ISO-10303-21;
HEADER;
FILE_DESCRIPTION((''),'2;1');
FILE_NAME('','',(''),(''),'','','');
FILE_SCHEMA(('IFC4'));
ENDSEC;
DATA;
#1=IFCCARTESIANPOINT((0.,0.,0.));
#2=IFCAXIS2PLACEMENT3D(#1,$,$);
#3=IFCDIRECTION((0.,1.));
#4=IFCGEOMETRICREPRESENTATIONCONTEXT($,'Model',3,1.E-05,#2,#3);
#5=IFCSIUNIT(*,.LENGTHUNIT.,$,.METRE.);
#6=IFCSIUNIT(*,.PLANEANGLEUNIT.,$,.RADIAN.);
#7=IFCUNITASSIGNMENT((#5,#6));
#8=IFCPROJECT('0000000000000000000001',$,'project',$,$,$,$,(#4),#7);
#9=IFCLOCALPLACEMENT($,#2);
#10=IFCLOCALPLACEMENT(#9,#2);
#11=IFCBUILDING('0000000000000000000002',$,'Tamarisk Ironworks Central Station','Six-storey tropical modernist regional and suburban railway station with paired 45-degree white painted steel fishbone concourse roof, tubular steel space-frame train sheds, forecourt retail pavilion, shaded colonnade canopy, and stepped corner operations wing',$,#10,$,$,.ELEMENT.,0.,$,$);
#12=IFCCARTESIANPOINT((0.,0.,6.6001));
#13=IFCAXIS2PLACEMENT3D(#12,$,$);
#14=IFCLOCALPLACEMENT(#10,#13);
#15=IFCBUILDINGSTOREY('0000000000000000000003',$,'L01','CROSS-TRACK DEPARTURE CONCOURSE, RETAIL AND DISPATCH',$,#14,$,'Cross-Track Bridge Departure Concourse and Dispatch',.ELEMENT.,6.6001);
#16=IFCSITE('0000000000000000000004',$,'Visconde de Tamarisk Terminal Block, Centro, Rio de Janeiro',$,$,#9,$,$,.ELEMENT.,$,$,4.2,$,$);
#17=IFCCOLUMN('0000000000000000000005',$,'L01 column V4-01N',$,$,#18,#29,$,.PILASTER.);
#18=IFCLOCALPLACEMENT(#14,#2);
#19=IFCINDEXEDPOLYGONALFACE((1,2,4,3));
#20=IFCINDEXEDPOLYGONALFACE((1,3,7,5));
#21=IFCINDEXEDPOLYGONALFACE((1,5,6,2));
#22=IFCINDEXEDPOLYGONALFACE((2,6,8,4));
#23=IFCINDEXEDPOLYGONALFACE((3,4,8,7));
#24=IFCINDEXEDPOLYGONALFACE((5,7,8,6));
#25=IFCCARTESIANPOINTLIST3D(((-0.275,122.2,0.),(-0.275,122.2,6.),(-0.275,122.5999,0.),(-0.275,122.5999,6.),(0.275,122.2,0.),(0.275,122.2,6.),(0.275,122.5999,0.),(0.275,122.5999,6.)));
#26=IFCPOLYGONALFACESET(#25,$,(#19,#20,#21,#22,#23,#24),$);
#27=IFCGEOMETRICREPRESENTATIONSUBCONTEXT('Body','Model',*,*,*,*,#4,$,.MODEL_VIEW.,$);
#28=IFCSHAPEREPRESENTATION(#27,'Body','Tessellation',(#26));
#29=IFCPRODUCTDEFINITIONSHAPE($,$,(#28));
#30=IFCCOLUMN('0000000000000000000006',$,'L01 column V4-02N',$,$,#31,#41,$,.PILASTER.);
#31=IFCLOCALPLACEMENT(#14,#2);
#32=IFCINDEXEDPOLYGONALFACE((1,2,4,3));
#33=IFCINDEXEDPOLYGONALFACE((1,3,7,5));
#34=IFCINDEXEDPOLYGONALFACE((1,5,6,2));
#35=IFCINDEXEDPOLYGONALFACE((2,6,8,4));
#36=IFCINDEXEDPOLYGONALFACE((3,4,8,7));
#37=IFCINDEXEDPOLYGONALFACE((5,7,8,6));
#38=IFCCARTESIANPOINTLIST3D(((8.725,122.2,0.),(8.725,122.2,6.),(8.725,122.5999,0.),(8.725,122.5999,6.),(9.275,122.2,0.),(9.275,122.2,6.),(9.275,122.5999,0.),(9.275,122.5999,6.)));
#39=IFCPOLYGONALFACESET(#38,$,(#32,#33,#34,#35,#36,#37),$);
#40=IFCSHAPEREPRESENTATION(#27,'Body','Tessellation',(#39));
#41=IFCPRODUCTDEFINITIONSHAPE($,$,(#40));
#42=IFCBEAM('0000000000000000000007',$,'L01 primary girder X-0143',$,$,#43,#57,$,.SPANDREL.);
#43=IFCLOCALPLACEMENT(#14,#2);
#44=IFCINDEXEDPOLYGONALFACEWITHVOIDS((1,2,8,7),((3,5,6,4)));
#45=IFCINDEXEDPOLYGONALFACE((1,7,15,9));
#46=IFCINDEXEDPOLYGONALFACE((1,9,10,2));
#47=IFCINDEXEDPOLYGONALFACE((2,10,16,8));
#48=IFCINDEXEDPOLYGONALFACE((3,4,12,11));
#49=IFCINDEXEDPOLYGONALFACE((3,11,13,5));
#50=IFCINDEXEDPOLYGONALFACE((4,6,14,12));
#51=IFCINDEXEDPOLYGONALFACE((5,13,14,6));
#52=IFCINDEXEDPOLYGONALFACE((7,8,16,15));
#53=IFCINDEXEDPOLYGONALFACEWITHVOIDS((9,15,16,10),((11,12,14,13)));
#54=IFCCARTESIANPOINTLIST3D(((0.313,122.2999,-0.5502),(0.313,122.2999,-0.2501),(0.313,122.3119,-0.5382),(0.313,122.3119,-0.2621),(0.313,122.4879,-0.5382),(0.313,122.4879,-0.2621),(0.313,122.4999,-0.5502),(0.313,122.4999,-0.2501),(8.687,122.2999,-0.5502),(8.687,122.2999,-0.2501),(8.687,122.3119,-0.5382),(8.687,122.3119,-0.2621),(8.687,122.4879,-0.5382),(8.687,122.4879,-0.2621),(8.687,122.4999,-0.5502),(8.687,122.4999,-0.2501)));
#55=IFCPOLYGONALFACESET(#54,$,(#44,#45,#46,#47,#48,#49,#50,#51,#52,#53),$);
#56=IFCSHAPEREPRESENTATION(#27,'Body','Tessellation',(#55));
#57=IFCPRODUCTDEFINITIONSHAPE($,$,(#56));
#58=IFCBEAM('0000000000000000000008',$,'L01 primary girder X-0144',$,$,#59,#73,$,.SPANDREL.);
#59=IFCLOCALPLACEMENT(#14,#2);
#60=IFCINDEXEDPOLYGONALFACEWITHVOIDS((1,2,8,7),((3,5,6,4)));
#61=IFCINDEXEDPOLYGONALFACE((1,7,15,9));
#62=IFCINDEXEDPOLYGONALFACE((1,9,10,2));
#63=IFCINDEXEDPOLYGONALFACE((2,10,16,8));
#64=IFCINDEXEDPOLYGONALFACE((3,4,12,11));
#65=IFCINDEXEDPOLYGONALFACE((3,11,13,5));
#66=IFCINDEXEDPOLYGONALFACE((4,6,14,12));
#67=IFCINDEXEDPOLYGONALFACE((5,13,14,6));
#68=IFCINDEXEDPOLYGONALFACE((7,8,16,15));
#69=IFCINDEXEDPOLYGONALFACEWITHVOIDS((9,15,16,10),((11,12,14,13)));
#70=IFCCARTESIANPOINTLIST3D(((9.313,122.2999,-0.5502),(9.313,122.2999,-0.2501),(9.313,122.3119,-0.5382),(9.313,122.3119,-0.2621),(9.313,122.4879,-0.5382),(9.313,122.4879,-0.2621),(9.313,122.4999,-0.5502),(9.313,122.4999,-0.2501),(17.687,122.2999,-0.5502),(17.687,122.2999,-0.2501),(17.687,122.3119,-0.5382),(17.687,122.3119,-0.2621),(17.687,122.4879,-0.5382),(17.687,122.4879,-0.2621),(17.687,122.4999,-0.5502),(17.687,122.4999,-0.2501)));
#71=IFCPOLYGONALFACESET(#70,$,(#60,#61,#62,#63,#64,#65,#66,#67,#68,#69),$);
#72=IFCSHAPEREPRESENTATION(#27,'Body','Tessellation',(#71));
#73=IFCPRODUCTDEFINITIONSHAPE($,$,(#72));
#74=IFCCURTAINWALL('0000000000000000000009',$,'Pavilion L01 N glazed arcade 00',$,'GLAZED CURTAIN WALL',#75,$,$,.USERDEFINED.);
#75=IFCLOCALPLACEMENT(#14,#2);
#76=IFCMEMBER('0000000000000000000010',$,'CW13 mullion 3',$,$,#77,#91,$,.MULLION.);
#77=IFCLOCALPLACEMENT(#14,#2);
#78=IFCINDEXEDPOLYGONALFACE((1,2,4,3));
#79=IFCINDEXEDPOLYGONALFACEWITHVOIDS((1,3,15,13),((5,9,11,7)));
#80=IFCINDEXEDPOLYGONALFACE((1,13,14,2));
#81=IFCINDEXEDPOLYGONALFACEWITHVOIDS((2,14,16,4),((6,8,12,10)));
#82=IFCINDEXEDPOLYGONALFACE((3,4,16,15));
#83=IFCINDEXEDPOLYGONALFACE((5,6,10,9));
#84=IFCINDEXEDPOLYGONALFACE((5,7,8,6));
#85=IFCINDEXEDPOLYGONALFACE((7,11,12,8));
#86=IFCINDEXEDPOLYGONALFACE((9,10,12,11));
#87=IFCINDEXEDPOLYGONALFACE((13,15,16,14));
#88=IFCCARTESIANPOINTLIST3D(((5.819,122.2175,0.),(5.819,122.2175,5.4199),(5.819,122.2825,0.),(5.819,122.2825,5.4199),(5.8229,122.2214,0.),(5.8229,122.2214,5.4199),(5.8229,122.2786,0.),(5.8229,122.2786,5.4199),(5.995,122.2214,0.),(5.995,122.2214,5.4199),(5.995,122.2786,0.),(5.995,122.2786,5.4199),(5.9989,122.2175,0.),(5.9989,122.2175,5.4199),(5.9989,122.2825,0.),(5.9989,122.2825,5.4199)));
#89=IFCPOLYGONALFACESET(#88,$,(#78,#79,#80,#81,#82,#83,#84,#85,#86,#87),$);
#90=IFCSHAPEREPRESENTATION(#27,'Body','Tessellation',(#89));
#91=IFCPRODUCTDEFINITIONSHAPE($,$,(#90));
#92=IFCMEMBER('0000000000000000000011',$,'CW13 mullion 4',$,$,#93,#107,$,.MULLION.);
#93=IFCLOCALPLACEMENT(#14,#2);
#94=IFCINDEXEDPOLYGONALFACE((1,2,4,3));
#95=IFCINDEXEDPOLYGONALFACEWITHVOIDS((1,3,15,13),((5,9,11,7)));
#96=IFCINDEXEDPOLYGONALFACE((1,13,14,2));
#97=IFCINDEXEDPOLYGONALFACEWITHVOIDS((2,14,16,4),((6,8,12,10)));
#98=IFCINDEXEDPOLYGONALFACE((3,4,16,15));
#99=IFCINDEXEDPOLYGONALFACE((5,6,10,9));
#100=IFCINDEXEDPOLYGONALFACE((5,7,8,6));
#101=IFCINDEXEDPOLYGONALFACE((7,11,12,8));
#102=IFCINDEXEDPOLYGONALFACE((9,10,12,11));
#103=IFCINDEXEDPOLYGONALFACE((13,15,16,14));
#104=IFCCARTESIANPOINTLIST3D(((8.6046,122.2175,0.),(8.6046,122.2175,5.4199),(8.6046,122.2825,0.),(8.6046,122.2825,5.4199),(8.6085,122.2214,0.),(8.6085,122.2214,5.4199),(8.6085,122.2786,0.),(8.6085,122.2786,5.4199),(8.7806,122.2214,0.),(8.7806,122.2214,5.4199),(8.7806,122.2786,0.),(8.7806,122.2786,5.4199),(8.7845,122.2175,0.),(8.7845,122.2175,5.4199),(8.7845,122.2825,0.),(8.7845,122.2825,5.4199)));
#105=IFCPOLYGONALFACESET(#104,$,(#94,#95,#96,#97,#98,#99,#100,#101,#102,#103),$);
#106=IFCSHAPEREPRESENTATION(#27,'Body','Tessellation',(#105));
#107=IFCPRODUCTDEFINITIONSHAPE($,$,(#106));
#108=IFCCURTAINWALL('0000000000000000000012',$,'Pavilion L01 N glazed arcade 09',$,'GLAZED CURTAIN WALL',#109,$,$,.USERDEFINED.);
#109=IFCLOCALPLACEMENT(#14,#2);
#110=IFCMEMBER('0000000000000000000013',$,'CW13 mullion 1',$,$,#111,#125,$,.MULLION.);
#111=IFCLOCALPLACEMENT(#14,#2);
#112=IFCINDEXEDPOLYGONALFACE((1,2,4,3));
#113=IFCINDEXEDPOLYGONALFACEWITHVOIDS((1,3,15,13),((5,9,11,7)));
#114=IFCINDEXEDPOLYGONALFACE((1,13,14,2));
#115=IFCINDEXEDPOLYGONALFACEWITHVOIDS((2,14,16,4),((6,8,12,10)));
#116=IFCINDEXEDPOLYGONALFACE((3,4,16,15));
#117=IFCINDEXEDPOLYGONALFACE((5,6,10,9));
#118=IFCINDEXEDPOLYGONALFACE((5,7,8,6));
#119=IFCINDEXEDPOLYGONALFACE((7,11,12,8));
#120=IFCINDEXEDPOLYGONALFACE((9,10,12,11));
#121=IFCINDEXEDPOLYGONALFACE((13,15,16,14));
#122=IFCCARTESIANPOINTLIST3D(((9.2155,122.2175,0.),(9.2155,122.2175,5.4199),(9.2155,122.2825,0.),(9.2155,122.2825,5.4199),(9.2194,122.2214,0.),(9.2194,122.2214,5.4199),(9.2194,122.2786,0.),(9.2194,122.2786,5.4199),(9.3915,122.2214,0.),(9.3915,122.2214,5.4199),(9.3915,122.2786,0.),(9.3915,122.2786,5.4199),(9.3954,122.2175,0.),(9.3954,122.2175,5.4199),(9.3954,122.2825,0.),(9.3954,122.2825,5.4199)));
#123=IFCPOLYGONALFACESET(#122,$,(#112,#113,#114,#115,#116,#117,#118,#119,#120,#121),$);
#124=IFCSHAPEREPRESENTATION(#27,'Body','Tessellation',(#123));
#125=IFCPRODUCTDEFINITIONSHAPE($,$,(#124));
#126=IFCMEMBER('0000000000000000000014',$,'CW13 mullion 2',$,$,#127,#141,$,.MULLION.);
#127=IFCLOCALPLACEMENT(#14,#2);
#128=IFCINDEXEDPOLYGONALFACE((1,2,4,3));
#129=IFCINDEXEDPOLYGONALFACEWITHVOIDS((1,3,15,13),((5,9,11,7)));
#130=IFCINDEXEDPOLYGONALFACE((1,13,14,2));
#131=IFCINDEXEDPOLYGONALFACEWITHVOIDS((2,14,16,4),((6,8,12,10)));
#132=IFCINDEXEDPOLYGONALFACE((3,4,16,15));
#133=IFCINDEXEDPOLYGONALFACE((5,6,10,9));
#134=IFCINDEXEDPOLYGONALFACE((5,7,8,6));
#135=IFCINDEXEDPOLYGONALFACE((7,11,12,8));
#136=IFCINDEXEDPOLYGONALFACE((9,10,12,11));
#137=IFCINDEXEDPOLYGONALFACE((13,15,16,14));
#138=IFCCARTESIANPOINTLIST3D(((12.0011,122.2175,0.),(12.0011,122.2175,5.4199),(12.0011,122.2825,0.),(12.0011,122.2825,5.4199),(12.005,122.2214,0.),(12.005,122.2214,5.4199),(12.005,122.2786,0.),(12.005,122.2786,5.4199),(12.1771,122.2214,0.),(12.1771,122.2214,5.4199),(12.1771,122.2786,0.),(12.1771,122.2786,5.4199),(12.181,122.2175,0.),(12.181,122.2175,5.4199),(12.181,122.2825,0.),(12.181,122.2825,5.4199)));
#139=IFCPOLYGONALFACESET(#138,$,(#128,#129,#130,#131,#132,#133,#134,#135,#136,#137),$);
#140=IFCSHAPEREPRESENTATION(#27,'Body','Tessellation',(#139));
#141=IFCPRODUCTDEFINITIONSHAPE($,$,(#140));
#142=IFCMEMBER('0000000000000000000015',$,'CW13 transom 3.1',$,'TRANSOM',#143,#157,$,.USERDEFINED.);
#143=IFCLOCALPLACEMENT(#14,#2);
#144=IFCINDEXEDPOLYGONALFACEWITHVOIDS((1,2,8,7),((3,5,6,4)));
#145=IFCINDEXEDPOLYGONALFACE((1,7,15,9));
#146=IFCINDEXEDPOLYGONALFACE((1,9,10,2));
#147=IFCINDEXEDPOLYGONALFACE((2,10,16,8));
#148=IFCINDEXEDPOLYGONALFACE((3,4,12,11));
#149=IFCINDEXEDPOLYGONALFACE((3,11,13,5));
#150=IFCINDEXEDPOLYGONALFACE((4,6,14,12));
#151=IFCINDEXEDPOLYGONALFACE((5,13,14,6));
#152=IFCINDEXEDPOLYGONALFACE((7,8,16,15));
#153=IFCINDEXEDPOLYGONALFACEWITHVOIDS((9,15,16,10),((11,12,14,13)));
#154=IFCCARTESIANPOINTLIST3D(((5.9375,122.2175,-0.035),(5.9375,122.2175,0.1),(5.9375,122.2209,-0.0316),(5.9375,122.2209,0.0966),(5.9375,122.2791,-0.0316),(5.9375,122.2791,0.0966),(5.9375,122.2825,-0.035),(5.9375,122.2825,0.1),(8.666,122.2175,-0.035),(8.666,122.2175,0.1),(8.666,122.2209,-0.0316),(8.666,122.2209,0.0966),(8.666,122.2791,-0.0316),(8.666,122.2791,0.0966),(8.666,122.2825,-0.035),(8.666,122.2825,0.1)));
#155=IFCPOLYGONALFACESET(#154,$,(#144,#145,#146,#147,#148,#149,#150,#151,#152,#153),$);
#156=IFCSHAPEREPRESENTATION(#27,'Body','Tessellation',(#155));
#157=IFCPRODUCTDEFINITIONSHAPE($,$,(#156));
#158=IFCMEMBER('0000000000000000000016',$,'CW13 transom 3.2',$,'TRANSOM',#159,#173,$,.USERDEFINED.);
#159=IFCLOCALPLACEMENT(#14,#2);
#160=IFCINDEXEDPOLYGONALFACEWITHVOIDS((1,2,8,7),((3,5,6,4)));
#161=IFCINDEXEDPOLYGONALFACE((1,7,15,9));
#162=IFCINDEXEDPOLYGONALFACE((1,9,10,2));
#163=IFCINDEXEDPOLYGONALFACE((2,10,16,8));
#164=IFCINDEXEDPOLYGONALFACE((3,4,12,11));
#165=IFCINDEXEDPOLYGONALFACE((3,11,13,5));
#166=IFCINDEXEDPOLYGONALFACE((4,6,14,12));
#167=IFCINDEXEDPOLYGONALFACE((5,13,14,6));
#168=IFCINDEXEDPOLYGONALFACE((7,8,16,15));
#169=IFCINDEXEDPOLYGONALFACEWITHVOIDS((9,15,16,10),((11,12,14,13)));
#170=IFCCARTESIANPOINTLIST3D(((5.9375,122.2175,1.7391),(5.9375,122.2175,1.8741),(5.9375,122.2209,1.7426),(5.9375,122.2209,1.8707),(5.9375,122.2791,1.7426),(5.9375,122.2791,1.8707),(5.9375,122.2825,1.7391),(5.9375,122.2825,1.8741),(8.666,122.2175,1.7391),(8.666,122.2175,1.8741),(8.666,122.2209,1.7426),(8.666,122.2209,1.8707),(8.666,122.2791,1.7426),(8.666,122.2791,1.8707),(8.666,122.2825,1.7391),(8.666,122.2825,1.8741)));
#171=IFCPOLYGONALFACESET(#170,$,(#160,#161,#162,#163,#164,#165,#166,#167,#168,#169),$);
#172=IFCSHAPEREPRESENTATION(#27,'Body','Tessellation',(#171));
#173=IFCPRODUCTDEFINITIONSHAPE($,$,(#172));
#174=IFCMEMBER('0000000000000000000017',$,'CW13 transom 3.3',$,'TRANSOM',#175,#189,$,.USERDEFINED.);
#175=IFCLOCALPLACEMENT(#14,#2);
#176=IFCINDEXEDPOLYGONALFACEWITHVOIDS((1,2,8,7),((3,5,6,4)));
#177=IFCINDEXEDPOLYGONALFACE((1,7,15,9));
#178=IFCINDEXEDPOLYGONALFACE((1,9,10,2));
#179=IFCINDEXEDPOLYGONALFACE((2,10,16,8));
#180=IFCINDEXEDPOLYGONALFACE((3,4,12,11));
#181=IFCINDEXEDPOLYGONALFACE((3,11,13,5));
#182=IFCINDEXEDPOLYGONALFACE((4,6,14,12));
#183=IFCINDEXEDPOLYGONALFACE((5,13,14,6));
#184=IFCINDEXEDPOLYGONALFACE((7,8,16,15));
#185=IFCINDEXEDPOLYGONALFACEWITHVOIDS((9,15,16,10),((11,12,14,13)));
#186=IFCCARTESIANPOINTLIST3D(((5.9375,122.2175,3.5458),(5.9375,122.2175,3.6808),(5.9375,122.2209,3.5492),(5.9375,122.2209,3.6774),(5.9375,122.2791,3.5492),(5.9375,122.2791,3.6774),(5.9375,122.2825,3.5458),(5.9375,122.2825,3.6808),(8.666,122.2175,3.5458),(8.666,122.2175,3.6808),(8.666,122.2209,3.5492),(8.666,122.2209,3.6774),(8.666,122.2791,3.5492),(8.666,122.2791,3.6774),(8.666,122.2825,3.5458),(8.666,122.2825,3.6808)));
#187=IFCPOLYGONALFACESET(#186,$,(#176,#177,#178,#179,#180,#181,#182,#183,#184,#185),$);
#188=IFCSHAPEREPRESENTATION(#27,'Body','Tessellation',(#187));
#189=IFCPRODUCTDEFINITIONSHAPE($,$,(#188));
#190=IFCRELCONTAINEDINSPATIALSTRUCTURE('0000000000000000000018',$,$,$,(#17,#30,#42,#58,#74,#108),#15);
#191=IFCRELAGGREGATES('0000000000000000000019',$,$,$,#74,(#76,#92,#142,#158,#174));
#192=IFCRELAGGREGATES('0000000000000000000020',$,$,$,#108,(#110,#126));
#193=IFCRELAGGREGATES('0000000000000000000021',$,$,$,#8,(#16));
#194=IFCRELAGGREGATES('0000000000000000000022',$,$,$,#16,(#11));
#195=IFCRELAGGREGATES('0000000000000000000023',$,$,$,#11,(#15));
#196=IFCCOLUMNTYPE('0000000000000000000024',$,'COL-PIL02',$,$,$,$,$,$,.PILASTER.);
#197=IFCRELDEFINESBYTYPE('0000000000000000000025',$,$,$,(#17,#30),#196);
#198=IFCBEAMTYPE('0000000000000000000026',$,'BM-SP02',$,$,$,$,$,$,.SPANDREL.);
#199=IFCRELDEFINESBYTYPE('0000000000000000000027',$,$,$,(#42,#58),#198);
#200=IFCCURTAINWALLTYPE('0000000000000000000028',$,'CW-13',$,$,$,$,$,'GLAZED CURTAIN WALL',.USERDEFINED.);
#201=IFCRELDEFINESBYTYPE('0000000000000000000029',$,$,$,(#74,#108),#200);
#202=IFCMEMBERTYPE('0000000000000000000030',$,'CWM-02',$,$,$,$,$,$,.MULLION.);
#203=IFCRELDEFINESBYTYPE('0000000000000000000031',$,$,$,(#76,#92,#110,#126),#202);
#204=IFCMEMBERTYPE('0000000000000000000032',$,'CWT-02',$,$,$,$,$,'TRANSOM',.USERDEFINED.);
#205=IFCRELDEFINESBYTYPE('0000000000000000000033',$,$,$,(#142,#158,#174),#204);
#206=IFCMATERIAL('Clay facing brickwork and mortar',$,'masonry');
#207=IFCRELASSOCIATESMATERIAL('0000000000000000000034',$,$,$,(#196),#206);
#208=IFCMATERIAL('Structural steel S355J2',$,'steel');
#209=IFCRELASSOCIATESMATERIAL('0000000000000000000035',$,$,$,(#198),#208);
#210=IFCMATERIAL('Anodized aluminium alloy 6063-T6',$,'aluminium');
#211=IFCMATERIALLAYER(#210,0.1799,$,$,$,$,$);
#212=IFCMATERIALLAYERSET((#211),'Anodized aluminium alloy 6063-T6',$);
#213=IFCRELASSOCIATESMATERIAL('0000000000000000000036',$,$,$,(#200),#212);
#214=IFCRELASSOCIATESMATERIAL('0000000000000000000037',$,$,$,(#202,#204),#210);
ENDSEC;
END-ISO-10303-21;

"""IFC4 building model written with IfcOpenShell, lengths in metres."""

from ifc_helpers import new_model, si_unit, direction, frame, origin, origin_2d, place, context, subcontext, project, spatial, rectangle, hollow_rectangle, extrude, material, layer, layer_set, material_profile, profile_set, type_object, element, aggregate, save


model = new_model("IFC4")

# Units and contexts
model_context = context("Model", 3, precision=1e-05, world=origin(), true_north=direction((0.0, 1.0)))
body_context = subcontext(model_context, "Body", "Model", "MODEL_VIEW")
ifc_project = project(units=[si_unit("LENGTHUNIT", "METRE"), si_unit("PLANEANGLEUNIT", "RADIAN")], contexts=[model_context])

# Site, building, storey
site_placement = place(None, origin())
site = spatial("IfcSite", under=ifc_project, at=site_placement, Name="Visconde de Tamarisk Terminal Block, Centro, Rio de Janeiro", CompositionType="ELEMENT", RefElevation=4.2)
building_placement = place(site_placement, origin())
building = spatial("IfcBuilding", under=site, at=building_placement, Name="Tamarisk Ironworks Central Station", Description="Six-storey tropical modernist regional and suburban railway station with paired 45-degree white painted steel fishbone concourse roof, tubular steel space-frame train sheds, forecourt retail pavilion, shaded colonnade canopy, and stepped corner operations wing", CompositionType="ELEMENT", ElevationOfRefHeight=0.0)
storey_placement = place(building_placement, frame((0.0, 0.0, 6.6001)))
storey = spatial("IfcBuildingStorey", under=building, at=storey_placement, Name="L01", Description="CROSS-TRACK DEPARTURE CONCOURSE, RETAIL AND DISPATCH", LongName="Cross-Track Bridge Departure Concourse and Dispatch", CompositionType="ELEMENT", Elevation=6.6001)

# Columns
ifc_material_1 = material(Name="Clay facing brickwork and mortar", Category="masonry")
ifc_material_profile_1 = material_profile(ifc_material_1, rectangle(XDim=0.55, YDim=0.3999, at=origin_2d()), Name="PIL 550x400")
ifc_profile_set_1 = profile_set([ifc_material_profile_1], Name="Clay facing brickwork and mortar")
column_type = type_object("IfcColumnType", Name="COL-PIL02", PredefinedType="PILASTER", material=ifc_profile_set_1)
for number, where, z_axis, x_axis, name in (
    (1, (0.0, 122.3999, 0.0), (0.0, 0.0, 1.0), (1.0, 0.0, 0.0), "L01 column V4-01N"),
    (2, (9.0, 122.3999, 0.0), (0.0, 0.0, 1.0), (1.0, 0.0, 0.0), "L01 column V4-02N"),
):
    element("IfcColumn", number, at=place(storey_placement, frame(where, z_axis=z_axis, x_axis=x_axis)), inside=storey, type_object=column_type, Name=name, PredefinedType="PILASTER", context=body_context, shape_type="SweptSolid", body=[
        extrude(rectangle(XDim=0.55, YDim=0.3999, at=origin_2d()), origin(), (0.0, 0.0, 1.0), 6.0),
    ])

# Beams
ifc_material_2 = material(Name="Structural steel S355J2", Category="steel")
ifc_material_profile_2 = material_profile(ifc_material_2, hollow_rectangle(XDim=0.2, YDim=0.3, WallThickness=0.012, at=origin_2d()), Name="RHS 300x200x12")
ifc_profile_set_2 = profile_set([ifc_material_profile_2], Name="Structural steel S355J2")
beam_type = type_object("IfcBeamType", Name="BM-SP02", PredefinedType="SPANDREL", material=ifc_profile_set_2)
for number, where, z_axis, x_axis, name in (
    (3, (0.313, 122.3999, -0.4001), (1.0, 0.0, 0.0), (0.0, 1.0, 0.0), "L01 primary girder X-0143"),
    (4, (9.313, 122.3999, -0.4001), (1.0, 0.0, 0.0), (0.0, 1.0, 0.0), "L01 primary girder X-0144"),
):
    element("IfcBeam", number, at=place(storey_placement, frame(where, z_axis=z_axis, x_axis=x_axis)), inside=storey, type_object=beam_type, Name=name, PredefinedType="SPANDREL", context=body_context, shape_type="SweptSolid", body=[
        extrude(hollow_rectangle(XDim=0.2, YDim=0.3, WallThickness=0.012, at=origin_2d()), origin(), (0.0, 0.0, 1.0), 8.374),
    ])

# Curtain walls, members
ifc_material_3 = material(Name="Anodized aluminium alloy 6063-T6", Category="aluminium")
ifc_layer_1 = layer(ifc_material_3, 0.1799)
ifc_layer_set_1 = layer_set([ifc_layer_1], Name="Anodized aluminium alloy 6063-T6")
curtain_wall_type = type_object("IfcCurtainWallType", Name="CW-13", ElementType="GLAZED CURTAIN WALL", PredefinedType="USERDEFINED", material=ifc_layer_set_1)
curtain_wall_1_placement = place(storey_placement, origin())
curtain_wall_1 = element("IfcCurtainWall", 5, at=curtain_wall_1_placement, inside=storey, type_object=curtain_wall_type, Name="Pavilion L01 N glazed arcade 00", ObjectType="GLAZED CURTAIN WALL", PredefinedType="USERDEFINED")
ifc_material_profile_3 = material_profile(ifc_material_3, hollow_rectangle(XDim=0.0649, YDim=0.1799, WallThickness=0.0039, at=origin_2d()), Name="ALUM 180x65")
ifc_profile_set_3 = profile_set([ifc_material_profile_3], Name="Anodized aluminium alloy 6063-T6")
member_type_1 = type_object("IfcMemberType", Name="CWM-02", PredefinedType="MULLION", material=ifc_profile_set_3)
member_1_placement = place(storey_placement, frame((5.9089, 122.25, 0.0), z_axis=(0.0, 0.0, 1.0), x_axis=(0.0, 1.0, 0.0)))
member_1 = element("IfcMember", 6, at=member_1_placement, type_object=member_type_1, Name="CW13 mullion 3", PredefinedType="MULLION", context=body_context, shape_type="SweptSolid", body=[
    extrude(hollow_rectangle(XDim=0.0649, YDim=0.1799, WallThickness=0.0039, at=origin_2d()), origin(), (0.0, 0.0, 1.0), 5.4199),
])
member_2_placement = place(storey_placement, frame((8.6946, 122.25, 0.0), z_axis=(0.0, 0.0, 1.0), x_axis=(0.0, 1.0, 0.0)))
member_2 = element("IfcMember", 7, at=member_2_placement, type_object=member_type_1, Name="CW13 mullion 4", PredefinedType="MULLION", context=body_context, shape_type="SweptSolid", body=[
    extrude(hollow_rectangle(XDim=0.0649, YDim=0.1799, WallThickness=0.0039, at=origin_2d()), origin(), (0.0, 0.0, 1.0), 5.4199),
])
curtain_wall_2_placement = place(storey_placement, origin())
curtain_wall_2 = element("IfcCurtainWall", 8, at=curtain_wall_2_placement, inside=storey, type_object=curtain_wall_type, Name="Pavilion L01 N glazed arcade 09", ObjectType="GLAZED CURTAIN WALL", PredefinedType="USERDEFINED")
member_3_placement = place(storey_placement, frame((9.3054, 122.25, 0.0), z_axis=(0.0, 0.0, 1.0), x_axis=(0.0, 1.0, 0.0)))
member_3 = element("IfcMember", 9, at=member_3_placement, type_object=member_type_1, Name="CW13 mullion 1", PredefinedType="MULLION", context=body_context, shape_type="SweptSolid", body=[
    extrude(hollow_rectangle(XDim=0.0649, YDim=0.1799, WallThickness=0.0039, at=origin_2d()), origin(), (0.0, 0.0, 1.0), 5.4199),
])
member_4_placement = place(storey_placement, frame((12.0911, 122.25, 0.0), z_axis=(0.0, 0.0, 1.0), x_axis=(0.0, 1.0, 0.0)))
member_4 = element("IfcMember", 10, at=member_4_placement, type_object=member_type_1, Name="CW13 mullion 2", PredefinedType="MULLION", context=body_context, shape_type="SweptSolid", body=[
    extrude(hollow_rectangle(XDim=0.0649, YDim=0.1799, WallThickness=0.0039, at=origin_2d()), origin(), (0.0, 0.0, 1.0), 5.4199),
])

# Members
ifc_material_profile_4 = material_profile(ifc_material_3, hollow_rectangle(XDim=0.0649, YDim=0.135, WallThickness=0.0034, at=origin_2d()), Name="ALUM 135x65")
ifc_profile_set_4 = profile_set([ifc_material_profile_4], Name="Anodized aluminium alloy 6063-T6")
member_type_2 = type_object("IfcMemberType", Name="CWT-02", ElementType="TRANSOM", PredefinedType="USERDEFINED", material=ifc_profile_set_4)
member_5_placement = place(storey_placement, frame((5.9375, 122.25, 0.0325), z_axis=(1.0, 0.0, 0.0), x_axis=(0.0, 1.0, 0.0)))
member_5 = element("IfcMember", 11, at=member_5_placement, type_object=member_type_2, Name="CW13 transom 3.1", ObjectType="TRANSOM", PredefinedType="USERDEFINED", context=body_context, shape_type="SweptSolid", body=[
    extrude(hollow_rectangle(XDim=0.0649, YDim=0.135, WallThickness=0.0034, at=origin_2d()), origin(), (0.0, 0.0, 1.0), 2.7285),
])
member_6_placement = place(storey_placement, frame((5.9375, 122.25, 1.8066), z_axis=(1.0, 0.0, 0.0), x_axis=(0.0, 1.0, 0.0)))
member_6 = element("IfcMember", 12, at=member_6_placement, type_object=member_type_2, Name="CW13 transom 3.2", ObjectType="TRANSOM", PredefinedType="USERDEFINED", context=body_context, shape_type="SweptSolid", body=[
    extrude(hollow_rectangle(XDim=0.0649, YDim=0.135, WallThickness=0.0034, at=origin_2d()), origin(), (0.0, 0.0, 1.0), 2.7285),
])
member_7_placement = place(storey_placement, frame((5.9375, 122.25, 3.6133), z_axis=(1.0, 0.0, 0.0), x_axis=(0.0, 1.0, 0.0)))
member_7 = element("IfcMember", 13, at=member_7_placement, type_object=member_type_2, Name="CW13 transom 3.3", ObjectType="TRANSOM", PredefinedType="USERDEFINED", context=body_context, shape_type="SweptSolid", body=[
    extrude(hollow_rectangle(XDim=0.0649, YDim=0.135, WallThickness=0.0034, at=origin_2d()), origin(), (0.0, 0.0, 1.0), 2.7285),
])

aggregate(curtain_wall_1, [member_1, member_2, member_5, member_6, member_7])
aggregate(curtain_wall_2, [member_3, member_4])

save(model, "model.ifc")
